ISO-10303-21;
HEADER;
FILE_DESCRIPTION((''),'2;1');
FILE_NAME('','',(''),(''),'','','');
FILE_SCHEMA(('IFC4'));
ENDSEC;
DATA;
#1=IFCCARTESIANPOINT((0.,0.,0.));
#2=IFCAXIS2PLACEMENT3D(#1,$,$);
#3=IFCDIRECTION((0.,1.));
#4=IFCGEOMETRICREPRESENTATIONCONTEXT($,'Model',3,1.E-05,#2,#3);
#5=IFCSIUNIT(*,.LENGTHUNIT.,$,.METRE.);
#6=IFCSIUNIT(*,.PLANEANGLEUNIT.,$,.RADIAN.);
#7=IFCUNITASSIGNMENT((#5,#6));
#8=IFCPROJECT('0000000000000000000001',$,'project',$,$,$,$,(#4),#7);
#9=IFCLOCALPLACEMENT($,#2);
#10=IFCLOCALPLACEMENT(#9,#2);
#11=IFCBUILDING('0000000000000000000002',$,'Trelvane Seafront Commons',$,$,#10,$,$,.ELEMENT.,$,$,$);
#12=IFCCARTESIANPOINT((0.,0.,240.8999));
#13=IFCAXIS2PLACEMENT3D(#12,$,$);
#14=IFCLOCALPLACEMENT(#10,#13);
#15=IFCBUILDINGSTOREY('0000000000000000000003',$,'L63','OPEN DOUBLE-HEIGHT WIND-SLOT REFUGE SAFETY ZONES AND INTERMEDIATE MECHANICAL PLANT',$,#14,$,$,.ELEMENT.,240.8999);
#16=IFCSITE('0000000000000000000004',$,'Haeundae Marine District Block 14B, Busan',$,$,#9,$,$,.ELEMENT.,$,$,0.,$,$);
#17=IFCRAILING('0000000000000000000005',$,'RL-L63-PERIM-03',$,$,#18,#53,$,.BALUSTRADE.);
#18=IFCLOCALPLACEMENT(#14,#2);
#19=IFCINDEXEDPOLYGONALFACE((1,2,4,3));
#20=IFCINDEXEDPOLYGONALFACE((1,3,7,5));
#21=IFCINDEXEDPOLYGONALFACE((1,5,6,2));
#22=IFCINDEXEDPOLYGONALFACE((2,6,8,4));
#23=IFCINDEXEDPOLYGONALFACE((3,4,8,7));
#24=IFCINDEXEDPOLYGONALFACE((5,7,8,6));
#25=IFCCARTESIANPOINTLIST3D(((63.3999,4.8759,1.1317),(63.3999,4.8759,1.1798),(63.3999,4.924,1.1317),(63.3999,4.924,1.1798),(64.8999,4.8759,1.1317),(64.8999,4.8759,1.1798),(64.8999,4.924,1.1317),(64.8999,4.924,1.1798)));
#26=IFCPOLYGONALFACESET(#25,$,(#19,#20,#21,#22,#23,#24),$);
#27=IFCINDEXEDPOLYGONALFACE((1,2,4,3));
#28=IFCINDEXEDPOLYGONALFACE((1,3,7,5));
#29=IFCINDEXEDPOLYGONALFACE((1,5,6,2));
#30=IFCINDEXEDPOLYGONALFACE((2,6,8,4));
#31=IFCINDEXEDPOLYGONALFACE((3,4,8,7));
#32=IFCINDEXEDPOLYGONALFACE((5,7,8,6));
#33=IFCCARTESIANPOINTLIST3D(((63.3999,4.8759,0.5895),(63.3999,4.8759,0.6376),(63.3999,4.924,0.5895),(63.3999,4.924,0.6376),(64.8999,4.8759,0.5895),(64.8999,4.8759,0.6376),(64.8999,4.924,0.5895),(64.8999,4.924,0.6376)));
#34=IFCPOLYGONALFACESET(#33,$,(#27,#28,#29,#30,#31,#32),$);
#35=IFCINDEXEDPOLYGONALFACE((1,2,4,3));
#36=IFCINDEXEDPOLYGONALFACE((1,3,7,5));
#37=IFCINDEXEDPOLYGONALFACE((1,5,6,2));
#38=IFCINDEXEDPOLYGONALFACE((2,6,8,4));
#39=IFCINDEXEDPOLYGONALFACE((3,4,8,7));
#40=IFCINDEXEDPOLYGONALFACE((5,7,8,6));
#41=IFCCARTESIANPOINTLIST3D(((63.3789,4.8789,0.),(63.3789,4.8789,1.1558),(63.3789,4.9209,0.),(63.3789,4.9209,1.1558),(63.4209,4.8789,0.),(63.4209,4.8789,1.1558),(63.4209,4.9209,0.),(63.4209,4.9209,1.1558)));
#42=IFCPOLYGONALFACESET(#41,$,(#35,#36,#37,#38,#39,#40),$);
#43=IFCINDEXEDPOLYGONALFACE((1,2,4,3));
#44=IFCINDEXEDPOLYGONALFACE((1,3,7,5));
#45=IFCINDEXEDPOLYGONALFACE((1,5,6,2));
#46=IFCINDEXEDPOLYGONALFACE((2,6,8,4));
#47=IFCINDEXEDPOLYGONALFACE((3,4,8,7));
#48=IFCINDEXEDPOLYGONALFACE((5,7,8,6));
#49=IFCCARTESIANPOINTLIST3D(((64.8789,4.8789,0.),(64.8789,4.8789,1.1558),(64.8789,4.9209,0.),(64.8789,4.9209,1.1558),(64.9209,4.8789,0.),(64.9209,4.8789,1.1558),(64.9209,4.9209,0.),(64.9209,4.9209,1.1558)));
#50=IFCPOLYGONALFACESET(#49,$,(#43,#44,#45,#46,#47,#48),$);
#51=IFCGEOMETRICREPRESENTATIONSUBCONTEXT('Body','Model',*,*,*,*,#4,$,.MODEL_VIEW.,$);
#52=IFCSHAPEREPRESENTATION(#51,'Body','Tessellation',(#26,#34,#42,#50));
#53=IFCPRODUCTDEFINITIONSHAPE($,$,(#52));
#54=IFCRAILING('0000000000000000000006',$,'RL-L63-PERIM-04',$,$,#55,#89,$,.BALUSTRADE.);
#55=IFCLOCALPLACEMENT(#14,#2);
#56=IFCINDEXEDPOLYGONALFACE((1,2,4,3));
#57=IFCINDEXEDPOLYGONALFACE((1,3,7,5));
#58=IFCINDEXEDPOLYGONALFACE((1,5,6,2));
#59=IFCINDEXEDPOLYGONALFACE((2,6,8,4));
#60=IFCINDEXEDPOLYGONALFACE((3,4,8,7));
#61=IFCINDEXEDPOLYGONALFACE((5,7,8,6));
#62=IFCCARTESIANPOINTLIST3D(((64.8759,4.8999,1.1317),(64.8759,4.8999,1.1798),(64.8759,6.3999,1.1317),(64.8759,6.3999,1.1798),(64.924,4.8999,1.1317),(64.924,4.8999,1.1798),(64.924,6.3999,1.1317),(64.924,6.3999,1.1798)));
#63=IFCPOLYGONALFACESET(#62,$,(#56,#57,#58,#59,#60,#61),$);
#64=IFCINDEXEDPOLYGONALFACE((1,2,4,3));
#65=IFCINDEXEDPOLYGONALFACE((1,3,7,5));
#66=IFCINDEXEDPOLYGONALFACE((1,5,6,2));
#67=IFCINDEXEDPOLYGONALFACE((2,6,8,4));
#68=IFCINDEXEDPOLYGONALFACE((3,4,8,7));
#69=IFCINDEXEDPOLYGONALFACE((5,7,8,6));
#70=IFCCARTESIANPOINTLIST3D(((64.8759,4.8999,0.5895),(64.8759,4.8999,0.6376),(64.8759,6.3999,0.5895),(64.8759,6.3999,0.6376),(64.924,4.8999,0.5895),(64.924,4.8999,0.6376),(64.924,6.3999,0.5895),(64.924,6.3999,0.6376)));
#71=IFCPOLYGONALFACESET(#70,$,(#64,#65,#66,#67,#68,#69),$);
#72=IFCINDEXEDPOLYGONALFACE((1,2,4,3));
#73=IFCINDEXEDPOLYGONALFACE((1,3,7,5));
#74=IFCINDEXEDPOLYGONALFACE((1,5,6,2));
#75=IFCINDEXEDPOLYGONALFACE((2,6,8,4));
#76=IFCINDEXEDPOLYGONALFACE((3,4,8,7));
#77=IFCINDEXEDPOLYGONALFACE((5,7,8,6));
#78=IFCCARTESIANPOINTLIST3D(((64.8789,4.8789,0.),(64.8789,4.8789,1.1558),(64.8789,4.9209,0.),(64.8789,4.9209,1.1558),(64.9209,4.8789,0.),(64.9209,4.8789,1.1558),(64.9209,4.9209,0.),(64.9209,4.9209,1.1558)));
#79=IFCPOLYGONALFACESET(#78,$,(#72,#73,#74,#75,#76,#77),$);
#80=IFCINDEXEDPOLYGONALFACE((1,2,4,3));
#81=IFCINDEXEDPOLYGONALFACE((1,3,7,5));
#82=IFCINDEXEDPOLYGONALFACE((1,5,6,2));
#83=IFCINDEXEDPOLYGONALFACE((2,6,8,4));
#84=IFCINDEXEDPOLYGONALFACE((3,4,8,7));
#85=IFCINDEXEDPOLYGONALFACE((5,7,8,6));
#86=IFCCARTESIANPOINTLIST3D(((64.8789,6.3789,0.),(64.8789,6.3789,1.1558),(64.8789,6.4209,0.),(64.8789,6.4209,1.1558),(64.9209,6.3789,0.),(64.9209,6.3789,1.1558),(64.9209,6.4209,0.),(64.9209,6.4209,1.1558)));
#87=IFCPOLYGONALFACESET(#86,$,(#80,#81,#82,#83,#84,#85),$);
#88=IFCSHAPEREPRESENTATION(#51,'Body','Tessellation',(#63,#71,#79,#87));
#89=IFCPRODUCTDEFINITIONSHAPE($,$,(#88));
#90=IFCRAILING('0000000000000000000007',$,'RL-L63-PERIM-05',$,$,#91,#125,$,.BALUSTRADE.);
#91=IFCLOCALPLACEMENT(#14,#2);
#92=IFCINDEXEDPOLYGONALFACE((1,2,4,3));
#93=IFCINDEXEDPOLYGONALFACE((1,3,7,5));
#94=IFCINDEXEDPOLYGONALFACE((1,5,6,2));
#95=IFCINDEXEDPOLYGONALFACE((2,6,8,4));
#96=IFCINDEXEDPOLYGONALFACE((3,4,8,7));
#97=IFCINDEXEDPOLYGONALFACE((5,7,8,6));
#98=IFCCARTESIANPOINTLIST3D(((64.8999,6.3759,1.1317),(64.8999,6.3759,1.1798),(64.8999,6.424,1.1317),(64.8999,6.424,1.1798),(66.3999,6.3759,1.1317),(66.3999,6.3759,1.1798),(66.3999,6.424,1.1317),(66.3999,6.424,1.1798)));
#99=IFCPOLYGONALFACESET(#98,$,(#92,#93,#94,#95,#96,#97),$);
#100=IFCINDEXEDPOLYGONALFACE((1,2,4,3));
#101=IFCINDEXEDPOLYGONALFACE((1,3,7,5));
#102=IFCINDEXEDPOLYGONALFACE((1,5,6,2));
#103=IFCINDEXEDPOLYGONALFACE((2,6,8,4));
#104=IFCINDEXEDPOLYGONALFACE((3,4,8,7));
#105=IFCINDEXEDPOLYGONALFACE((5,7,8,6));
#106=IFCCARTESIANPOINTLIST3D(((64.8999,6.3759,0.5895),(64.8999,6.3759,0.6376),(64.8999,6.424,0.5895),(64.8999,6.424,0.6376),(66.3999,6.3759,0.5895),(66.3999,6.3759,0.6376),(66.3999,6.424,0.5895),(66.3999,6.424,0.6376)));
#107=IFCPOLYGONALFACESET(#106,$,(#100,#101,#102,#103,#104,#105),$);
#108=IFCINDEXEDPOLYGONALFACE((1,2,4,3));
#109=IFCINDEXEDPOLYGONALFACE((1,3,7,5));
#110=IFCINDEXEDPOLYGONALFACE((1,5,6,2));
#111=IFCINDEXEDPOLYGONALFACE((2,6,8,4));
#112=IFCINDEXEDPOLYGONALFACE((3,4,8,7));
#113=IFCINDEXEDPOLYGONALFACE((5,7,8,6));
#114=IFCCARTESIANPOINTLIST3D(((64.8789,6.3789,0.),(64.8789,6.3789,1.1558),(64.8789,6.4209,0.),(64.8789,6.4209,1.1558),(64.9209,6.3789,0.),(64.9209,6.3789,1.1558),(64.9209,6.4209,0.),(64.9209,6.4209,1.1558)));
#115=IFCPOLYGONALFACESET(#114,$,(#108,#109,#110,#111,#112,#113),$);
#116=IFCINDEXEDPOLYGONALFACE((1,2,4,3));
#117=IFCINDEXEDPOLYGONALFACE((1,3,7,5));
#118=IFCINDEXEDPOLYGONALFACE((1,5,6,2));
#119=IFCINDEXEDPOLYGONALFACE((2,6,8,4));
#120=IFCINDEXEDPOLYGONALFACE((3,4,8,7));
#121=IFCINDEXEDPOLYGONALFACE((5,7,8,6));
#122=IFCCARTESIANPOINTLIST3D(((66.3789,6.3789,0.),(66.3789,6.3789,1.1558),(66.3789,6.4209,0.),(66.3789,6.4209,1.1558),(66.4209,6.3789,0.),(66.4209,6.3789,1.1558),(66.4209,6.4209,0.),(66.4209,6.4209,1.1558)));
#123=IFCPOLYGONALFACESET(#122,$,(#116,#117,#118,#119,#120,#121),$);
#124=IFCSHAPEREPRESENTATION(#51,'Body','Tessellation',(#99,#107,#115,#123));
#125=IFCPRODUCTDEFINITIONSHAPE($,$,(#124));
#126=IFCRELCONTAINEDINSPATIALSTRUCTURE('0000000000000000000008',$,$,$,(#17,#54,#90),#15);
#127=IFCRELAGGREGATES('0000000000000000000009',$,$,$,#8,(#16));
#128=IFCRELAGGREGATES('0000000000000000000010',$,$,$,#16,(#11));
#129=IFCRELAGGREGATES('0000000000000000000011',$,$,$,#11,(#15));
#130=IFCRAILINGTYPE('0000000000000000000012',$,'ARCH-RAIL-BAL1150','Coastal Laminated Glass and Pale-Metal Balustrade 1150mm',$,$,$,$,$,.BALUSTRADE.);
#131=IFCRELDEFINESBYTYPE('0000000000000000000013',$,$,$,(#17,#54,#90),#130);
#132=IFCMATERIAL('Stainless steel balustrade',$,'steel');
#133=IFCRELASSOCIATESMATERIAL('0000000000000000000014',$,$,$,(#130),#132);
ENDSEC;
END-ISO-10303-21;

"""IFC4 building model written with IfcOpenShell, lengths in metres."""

from ifc_helpers import new_model, si_unit, direction, frame, origin, origin_2d, place, context, subcontext, project, spatial, rectangle, extrude, material, type_object, element, save


model = new_model("IFC4")

# Units and contexts
model_context = context("Model", 3, precision=1e-05, world=origin(), true_north=direction((0.0, 1.0)))
body_context = subcontext(model_context, "Body", "Model", "MODEL_VIEW")
ifc_project = project(units=[si_unit("LENGTHUNIT", "METRE"), si_unit("PLANEANGLEUNIT", "RADIAN")], contexts=[model_context])

# Site, building, storey
site_placement = place(None, origin())
site = spatial("IfcSite", under=ifc_project, at=site_placement, Name="Haeundae Marine District Block 14B, Busan", CompositionType="ELEMENT", RefElevation=0.0)
building_placement = place(site_placement, origin())
building = spatial("IfcBuilding", under=site, at=building_placement, Name="Trelvane Seafront Commons", CompositionType="ELEMENT")
storey_placement = place(building_placement, frame((0.0, 0.0, 240.8999)))
storey = spatial("IfcBuildingStorey", under=building, at=storey_placement, Name="L63", Description="OPEN DOUBLE-HEIGHT WIND-SLOT REFUGE SAFETY ZONES AND INTERMEDIATE MECHANICAL PLANT", CompositionType="ELEMENT", Elevation=240.8999)

# Railings
ifc_material_1 = material(Name="Stainless steel balustrade", Category="steel")
railing_type = type_object("IfcRailingType", Name="ARCH-RAIL-BAL1150", Description="Coastal Laminated Glass and Pale-Metal Balustrade 1150mm", PredefinedType="BALUSTRADE", material=ifc_material_1)
railing_1_placement = place(storey_placement, frame((63.3999, 4.8999, 0.0)))
element("IfcRailing", 1, at=railing_1_placement, inside=storey, type_object=railing_type, Name="RL-L63-PERIM-03", PredefinedType="BALUSTRADE", context=body_context, shape_type="SweptSolid", body=[
    extrude(rectangle(XDim=0.0481, YDim=0.0481, at=origin_2d()), frame((0.0, 0.0, 1.1558), z_axis=(1.0, 0.0, 0.0), x_axis=(0.0, 1.0, 0.0)), (0.0, 0.0, 1.0), 1.5),
    extrude(rectangle(XDim=0.0481, YDim=0.0481, at=origin_2d()), frame((0.0, 0.0, 0.6135), z_axis=(1.0, 0.0, 0.0), x_axis=(0.0, 1.0, 0.0)), (0.0, 0.0, 1.0), 1.5),
    extrude(rectangle(XDim=0.042, YDim=0.042, at=origin_2d()), origin(), (0.0, 0.0, 1.0), 1.1558),
    extrude(rectangle(XDim=0.042, YDim=0.042, at=origin_2d()), frame((1.5, 0.0, 0.0)), (0.0, 0.0, 1.0), 1.1558),
])
railing_2_placement = place(storey_placement, frame((64.8999, 4.8999, 0.0)))
element("IfcRailing", 2, at=railing_2_placement, inside=storey, type_object=railing_type, Name="RL-L63-PERIM-04", PredefinedType="BALUSTRADE", context=body_context, shape_type="SweptSolid", body=[
    extrude(rectangle(XDim=0.0481, YDim=0.0481, at=origin_2d()), frame((0.0, 0.0, 1.1558), z_axis=(0.0, 1.0, 0.0), x_axis=(-1.0, 0.0, 0.0)), (0.0, 0.0, 1.0), 1.5),
    extrude(rectangle(XDim=0.0481, YDim=0.0481, at=origin_2d()), frame((0.0, 0.0, 0.6135), z_axis=(0.0, 1.0, 0.0), x_axis=(-1.0, 0.0, 0.0)), (0.0, 0.0, 1.0), 1.5),
    extrude(rectangle(XDim=0.042, YDim=0.042, at=origin_2d()), origin(), (0.0, 0.0, 1.0), 1.1558),
    extrude(rectangle(XDim=0.042, YDim=0.042, at=origin_2d()), frame((0.0, 1.5, 0.0)), (0.0, 0.0, 1.0), 1.1558),
])
railing_3_placement = place(storey_placement, frame((64.8999, 6.3999, 0.0)))
element("IfcRailing", 3, at=railing_3_placement, inside=storey, type_object=railing_type, Name="RL-L63-PERIM-05", PredefinedType="BALUSTRADE", context=body_context, shape_type="SweptSolid", body=[
    extrude(rectangle(XDim=0.0481, YDim=0.0481, at=origin_2d()), frame((0.0, 0.0, 1.1558), z_axis=(1.0, 0.0, 0.0), x_axis=(0.0, 1.0, 0.0)), (0.0, 0.0, 1.0), 1.5),
    extrude(rectangle(XDim=0.0481, YDim=0.0481, at=origin_2d()), frame((0.0, 0.0, 0.6135), z_axis=(1.0, 0.0, 0.0), x_axis=(0.0, 1.0, 0.0)), (0.0, 0.0, 1.0), 1.5),
    extrude(rectangle(XDim=0.042, YDim=0.042, at=origin_2d()), origin(), (0.0, 0.0, 1.0), 1.1558),
    extrude(rectangle(XDim=0.042, YDim=0.042, at=origin_2d()), frame((1.5, 0.0, 0.0)), (0.0, 0.0, 1.0), 1.1558),
])

save(model, "model.ifc")
